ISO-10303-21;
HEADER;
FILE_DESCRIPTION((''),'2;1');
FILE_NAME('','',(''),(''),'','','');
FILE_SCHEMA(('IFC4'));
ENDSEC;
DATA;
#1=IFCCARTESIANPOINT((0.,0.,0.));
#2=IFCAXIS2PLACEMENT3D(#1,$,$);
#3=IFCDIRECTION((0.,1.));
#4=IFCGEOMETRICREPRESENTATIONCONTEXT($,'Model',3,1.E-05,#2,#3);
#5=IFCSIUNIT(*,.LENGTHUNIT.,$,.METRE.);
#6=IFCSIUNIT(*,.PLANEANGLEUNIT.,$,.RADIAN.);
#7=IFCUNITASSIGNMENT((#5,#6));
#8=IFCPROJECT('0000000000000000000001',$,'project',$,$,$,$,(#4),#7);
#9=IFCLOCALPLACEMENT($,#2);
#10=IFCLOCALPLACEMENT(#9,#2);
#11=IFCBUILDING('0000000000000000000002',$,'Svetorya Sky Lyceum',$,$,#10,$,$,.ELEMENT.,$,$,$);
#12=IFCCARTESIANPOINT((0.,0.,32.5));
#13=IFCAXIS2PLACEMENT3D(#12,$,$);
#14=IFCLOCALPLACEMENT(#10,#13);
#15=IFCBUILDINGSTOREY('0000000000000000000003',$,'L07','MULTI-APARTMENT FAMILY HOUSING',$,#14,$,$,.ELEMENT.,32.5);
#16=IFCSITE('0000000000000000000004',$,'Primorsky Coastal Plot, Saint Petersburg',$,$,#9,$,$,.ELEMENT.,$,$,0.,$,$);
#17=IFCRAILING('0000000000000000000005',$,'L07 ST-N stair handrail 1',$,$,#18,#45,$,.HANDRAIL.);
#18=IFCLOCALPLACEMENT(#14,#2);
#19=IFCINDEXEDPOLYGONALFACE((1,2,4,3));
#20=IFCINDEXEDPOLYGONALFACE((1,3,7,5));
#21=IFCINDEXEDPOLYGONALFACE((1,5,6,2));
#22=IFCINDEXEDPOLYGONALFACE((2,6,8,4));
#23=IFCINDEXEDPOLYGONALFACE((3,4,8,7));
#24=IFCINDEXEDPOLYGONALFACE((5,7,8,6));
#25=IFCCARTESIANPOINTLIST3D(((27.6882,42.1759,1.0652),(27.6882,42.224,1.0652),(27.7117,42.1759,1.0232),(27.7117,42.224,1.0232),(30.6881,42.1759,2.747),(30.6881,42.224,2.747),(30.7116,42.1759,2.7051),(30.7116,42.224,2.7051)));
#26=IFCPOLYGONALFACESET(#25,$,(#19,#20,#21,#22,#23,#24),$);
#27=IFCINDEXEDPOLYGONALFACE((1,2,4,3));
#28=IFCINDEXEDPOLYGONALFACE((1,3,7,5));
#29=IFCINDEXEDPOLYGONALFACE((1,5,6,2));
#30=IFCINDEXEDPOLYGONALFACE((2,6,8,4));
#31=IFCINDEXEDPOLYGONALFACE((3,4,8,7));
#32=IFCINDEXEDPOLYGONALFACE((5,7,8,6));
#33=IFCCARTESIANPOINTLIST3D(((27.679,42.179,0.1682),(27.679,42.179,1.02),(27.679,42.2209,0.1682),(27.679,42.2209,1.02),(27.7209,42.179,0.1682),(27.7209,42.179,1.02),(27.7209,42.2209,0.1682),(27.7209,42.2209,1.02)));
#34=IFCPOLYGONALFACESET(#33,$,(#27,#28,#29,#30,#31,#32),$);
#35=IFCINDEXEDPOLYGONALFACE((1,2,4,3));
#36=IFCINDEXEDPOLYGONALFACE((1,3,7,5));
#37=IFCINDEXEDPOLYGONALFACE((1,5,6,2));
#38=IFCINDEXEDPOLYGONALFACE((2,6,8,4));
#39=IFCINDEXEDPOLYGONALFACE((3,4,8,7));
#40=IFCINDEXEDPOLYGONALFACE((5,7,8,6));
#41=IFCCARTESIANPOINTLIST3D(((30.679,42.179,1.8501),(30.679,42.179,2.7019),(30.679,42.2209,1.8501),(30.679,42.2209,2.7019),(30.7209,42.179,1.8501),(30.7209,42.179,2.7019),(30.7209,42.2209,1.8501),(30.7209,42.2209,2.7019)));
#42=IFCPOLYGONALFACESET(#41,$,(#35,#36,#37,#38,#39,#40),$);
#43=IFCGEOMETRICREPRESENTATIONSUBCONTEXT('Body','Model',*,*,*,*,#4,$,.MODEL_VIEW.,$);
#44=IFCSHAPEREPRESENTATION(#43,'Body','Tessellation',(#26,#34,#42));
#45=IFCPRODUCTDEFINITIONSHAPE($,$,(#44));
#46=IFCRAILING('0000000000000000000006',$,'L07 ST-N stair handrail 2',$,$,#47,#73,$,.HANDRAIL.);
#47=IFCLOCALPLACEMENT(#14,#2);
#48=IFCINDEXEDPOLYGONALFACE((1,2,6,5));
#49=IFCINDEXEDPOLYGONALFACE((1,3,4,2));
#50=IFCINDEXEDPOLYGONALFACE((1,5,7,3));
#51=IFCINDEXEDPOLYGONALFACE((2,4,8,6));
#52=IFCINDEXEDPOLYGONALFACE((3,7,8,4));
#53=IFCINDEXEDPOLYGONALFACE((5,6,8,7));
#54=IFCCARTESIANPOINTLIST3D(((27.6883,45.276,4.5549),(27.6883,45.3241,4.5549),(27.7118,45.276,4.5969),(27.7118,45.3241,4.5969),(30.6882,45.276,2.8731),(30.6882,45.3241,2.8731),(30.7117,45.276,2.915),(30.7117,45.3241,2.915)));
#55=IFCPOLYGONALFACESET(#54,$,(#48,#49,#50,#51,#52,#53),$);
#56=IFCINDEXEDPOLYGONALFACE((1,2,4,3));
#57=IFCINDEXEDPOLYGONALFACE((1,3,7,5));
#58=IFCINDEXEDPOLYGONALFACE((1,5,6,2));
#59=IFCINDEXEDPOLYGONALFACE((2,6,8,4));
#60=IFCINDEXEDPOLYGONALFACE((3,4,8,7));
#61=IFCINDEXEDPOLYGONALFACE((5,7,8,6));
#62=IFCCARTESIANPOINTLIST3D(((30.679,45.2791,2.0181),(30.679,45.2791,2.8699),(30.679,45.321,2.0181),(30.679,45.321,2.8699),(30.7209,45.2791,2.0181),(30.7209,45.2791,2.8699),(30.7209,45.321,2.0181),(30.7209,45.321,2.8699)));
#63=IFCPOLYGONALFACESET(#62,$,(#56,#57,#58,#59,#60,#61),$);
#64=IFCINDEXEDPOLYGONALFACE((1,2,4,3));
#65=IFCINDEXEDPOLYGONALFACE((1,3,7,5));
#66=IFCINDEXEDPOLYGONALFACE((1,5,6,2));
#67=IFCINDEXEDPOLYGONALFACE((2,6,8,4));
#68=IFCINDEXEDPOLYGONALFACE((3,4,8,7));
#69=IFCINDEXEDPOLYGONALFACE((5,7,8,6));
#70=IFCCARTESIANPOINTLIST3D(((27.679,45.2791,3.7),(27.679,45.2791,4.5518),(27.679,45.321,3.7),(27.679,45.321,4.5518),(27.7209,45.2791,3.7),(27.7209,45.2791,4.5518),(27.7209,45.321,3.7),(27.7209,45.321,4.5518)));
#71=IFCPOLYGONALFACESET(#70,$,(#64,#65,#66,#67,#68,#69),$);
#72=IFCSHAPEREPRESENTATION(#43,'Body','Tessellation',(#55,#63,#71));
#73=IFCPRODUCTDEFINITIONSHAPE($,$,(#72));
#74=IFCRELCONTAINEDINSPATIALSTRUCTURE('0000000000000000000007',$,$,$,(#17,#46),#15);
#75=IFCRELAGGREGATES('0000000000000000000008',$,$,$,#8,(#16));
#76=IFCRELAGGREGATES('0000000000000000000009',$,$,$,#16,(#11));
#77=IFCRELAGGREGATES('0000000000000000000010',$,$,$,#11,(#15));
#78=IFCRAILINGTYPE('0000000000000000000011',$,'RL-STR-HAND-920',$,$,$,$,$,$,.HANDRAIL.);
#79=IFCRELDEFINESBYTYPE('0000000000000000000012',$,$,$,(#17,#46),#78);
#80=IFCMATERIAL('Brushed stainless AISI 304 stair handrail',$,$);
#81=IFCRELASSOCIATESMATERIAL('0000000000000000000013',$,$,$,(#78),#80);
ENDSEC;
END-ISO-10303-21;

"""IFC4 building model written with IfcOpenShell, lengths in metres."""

from ifc_helpers import new_model, si_unit, direction, frame, origin, origin_2d, place, context, subcontext, project, spatial, rectangle, extrude, material, type_object, element, save


model = new_model("IFC4")

# Units and contexts
model_context = context("Model", 3, precision=1e-05, world=origin(), true_north=direction((0.0, 1.0)))
body_context = subcontext(model_context, "Body", "Model", "MODEL_VIEW")
ifc_project = project(units=[si_unit("LENGTHUNIT", "METRE"), si_unit("PLANEANGLEUNIT", "RADIAN")], contexts=[model_context])

# Site, building, storey
site_placement = place(None, origin())
site = spatial("IfcSite", under=ifc_project, at=site_placement, Name="Primorsky Coastal Plot, Saint Petersburg", CompositionType="ELEMENT", RefElevation=0.0)
building_placement = place(site_placement, origin())
building = spatial("IfcBuilding", under=site, at=building_placement, Name="Svetorya Sky Lyceum", CompositionType="ELEMENT")
storey_placement = place(building_placement, frame((0.0, 0.0, 32.5)))
storey = spatial("IfcBuildingStorey", under=building, at=storey_placement, Name="L07", Description="MULTI-APARTMENT FAMILY HOUSING", CompositionType="ELEMENT", Elevation=32.5)

# Railings
ifc_material_1 = material(Name="Brushed stainless AISI 304 stair handrail")
railing_type_1 = type_object("IfcRailingType", Name="RL-STR-HAND-920", PredefinedType="HANDRAIL", material=ifc_material_1)
railing_1_placement = place(storey_placement, frame((27.7, 42.2, 0.1682)))
element("IfcRailing", 1, at=railing_1_placement, inside=storey, type_object=railing_type_1, Name="L07 ST-N stair handrail 1", PredefinedType="HANDRAIL", context=body_context, shape_type="SweptSolid", body=[
    extrude(rectangle(XDim=0.0481, YDim=0.0481, at=origin_2d()), frame((0.0, 0.0, 0.876), z_axis=(0.872272, 0.0, 0.48902), x_axis=(0.0, 1.0, 0.0)), (0.0, 0.0, 1.0), 3.4392),
    extrude(rectangle(XDim=0.042, YDim=0.042, at=origin_2d()), origin(), (0.0, 0.0, 1.0), 0.8518),
    extrude(rectangle(XDim=0.042, YDim=0.042, at=origin_2d()), frame((3.0, 0.0, 1.6819)), (0.0, 0.0, 1.0), 0.8518),
])
railing_2_placement = place(storey_placement, frame((30.7, 45.3, 2.0181)))
element("IfcRailing", 2, at=railing_2_placement, inside=storey, type_object=railing_type_1, Name="L07 ST-N stair handrail 2", PredefinedType="HANDRAIL", context=body_context, shape_type="SweptSolid", body=[
    extrude(rectangle(XDim=0.0481, YDim=0.0481, at=origin_2d()), frame((0.0, 0.0, 0.876), z_axis=(-0.872272, 0.0, 0.48902), x_axis=(0.0, -1.0, 0.0)), (0.0, 0.0, 1.0), 3.4392),
    extrude(rectangle(XDim=0.042, YDim=0.042, at=origin_2d()), origin(), (0.0, 0.0, 1.0), 0.8518),
    extrude(rectangle(XDim=0.042, YDim=0.042, at=origin_2d()), frame((-3.0, 0.0, 1.6819)), (0.0, 0.0, 1.0), 0.8518),
])

save(model, "model.ifc")
